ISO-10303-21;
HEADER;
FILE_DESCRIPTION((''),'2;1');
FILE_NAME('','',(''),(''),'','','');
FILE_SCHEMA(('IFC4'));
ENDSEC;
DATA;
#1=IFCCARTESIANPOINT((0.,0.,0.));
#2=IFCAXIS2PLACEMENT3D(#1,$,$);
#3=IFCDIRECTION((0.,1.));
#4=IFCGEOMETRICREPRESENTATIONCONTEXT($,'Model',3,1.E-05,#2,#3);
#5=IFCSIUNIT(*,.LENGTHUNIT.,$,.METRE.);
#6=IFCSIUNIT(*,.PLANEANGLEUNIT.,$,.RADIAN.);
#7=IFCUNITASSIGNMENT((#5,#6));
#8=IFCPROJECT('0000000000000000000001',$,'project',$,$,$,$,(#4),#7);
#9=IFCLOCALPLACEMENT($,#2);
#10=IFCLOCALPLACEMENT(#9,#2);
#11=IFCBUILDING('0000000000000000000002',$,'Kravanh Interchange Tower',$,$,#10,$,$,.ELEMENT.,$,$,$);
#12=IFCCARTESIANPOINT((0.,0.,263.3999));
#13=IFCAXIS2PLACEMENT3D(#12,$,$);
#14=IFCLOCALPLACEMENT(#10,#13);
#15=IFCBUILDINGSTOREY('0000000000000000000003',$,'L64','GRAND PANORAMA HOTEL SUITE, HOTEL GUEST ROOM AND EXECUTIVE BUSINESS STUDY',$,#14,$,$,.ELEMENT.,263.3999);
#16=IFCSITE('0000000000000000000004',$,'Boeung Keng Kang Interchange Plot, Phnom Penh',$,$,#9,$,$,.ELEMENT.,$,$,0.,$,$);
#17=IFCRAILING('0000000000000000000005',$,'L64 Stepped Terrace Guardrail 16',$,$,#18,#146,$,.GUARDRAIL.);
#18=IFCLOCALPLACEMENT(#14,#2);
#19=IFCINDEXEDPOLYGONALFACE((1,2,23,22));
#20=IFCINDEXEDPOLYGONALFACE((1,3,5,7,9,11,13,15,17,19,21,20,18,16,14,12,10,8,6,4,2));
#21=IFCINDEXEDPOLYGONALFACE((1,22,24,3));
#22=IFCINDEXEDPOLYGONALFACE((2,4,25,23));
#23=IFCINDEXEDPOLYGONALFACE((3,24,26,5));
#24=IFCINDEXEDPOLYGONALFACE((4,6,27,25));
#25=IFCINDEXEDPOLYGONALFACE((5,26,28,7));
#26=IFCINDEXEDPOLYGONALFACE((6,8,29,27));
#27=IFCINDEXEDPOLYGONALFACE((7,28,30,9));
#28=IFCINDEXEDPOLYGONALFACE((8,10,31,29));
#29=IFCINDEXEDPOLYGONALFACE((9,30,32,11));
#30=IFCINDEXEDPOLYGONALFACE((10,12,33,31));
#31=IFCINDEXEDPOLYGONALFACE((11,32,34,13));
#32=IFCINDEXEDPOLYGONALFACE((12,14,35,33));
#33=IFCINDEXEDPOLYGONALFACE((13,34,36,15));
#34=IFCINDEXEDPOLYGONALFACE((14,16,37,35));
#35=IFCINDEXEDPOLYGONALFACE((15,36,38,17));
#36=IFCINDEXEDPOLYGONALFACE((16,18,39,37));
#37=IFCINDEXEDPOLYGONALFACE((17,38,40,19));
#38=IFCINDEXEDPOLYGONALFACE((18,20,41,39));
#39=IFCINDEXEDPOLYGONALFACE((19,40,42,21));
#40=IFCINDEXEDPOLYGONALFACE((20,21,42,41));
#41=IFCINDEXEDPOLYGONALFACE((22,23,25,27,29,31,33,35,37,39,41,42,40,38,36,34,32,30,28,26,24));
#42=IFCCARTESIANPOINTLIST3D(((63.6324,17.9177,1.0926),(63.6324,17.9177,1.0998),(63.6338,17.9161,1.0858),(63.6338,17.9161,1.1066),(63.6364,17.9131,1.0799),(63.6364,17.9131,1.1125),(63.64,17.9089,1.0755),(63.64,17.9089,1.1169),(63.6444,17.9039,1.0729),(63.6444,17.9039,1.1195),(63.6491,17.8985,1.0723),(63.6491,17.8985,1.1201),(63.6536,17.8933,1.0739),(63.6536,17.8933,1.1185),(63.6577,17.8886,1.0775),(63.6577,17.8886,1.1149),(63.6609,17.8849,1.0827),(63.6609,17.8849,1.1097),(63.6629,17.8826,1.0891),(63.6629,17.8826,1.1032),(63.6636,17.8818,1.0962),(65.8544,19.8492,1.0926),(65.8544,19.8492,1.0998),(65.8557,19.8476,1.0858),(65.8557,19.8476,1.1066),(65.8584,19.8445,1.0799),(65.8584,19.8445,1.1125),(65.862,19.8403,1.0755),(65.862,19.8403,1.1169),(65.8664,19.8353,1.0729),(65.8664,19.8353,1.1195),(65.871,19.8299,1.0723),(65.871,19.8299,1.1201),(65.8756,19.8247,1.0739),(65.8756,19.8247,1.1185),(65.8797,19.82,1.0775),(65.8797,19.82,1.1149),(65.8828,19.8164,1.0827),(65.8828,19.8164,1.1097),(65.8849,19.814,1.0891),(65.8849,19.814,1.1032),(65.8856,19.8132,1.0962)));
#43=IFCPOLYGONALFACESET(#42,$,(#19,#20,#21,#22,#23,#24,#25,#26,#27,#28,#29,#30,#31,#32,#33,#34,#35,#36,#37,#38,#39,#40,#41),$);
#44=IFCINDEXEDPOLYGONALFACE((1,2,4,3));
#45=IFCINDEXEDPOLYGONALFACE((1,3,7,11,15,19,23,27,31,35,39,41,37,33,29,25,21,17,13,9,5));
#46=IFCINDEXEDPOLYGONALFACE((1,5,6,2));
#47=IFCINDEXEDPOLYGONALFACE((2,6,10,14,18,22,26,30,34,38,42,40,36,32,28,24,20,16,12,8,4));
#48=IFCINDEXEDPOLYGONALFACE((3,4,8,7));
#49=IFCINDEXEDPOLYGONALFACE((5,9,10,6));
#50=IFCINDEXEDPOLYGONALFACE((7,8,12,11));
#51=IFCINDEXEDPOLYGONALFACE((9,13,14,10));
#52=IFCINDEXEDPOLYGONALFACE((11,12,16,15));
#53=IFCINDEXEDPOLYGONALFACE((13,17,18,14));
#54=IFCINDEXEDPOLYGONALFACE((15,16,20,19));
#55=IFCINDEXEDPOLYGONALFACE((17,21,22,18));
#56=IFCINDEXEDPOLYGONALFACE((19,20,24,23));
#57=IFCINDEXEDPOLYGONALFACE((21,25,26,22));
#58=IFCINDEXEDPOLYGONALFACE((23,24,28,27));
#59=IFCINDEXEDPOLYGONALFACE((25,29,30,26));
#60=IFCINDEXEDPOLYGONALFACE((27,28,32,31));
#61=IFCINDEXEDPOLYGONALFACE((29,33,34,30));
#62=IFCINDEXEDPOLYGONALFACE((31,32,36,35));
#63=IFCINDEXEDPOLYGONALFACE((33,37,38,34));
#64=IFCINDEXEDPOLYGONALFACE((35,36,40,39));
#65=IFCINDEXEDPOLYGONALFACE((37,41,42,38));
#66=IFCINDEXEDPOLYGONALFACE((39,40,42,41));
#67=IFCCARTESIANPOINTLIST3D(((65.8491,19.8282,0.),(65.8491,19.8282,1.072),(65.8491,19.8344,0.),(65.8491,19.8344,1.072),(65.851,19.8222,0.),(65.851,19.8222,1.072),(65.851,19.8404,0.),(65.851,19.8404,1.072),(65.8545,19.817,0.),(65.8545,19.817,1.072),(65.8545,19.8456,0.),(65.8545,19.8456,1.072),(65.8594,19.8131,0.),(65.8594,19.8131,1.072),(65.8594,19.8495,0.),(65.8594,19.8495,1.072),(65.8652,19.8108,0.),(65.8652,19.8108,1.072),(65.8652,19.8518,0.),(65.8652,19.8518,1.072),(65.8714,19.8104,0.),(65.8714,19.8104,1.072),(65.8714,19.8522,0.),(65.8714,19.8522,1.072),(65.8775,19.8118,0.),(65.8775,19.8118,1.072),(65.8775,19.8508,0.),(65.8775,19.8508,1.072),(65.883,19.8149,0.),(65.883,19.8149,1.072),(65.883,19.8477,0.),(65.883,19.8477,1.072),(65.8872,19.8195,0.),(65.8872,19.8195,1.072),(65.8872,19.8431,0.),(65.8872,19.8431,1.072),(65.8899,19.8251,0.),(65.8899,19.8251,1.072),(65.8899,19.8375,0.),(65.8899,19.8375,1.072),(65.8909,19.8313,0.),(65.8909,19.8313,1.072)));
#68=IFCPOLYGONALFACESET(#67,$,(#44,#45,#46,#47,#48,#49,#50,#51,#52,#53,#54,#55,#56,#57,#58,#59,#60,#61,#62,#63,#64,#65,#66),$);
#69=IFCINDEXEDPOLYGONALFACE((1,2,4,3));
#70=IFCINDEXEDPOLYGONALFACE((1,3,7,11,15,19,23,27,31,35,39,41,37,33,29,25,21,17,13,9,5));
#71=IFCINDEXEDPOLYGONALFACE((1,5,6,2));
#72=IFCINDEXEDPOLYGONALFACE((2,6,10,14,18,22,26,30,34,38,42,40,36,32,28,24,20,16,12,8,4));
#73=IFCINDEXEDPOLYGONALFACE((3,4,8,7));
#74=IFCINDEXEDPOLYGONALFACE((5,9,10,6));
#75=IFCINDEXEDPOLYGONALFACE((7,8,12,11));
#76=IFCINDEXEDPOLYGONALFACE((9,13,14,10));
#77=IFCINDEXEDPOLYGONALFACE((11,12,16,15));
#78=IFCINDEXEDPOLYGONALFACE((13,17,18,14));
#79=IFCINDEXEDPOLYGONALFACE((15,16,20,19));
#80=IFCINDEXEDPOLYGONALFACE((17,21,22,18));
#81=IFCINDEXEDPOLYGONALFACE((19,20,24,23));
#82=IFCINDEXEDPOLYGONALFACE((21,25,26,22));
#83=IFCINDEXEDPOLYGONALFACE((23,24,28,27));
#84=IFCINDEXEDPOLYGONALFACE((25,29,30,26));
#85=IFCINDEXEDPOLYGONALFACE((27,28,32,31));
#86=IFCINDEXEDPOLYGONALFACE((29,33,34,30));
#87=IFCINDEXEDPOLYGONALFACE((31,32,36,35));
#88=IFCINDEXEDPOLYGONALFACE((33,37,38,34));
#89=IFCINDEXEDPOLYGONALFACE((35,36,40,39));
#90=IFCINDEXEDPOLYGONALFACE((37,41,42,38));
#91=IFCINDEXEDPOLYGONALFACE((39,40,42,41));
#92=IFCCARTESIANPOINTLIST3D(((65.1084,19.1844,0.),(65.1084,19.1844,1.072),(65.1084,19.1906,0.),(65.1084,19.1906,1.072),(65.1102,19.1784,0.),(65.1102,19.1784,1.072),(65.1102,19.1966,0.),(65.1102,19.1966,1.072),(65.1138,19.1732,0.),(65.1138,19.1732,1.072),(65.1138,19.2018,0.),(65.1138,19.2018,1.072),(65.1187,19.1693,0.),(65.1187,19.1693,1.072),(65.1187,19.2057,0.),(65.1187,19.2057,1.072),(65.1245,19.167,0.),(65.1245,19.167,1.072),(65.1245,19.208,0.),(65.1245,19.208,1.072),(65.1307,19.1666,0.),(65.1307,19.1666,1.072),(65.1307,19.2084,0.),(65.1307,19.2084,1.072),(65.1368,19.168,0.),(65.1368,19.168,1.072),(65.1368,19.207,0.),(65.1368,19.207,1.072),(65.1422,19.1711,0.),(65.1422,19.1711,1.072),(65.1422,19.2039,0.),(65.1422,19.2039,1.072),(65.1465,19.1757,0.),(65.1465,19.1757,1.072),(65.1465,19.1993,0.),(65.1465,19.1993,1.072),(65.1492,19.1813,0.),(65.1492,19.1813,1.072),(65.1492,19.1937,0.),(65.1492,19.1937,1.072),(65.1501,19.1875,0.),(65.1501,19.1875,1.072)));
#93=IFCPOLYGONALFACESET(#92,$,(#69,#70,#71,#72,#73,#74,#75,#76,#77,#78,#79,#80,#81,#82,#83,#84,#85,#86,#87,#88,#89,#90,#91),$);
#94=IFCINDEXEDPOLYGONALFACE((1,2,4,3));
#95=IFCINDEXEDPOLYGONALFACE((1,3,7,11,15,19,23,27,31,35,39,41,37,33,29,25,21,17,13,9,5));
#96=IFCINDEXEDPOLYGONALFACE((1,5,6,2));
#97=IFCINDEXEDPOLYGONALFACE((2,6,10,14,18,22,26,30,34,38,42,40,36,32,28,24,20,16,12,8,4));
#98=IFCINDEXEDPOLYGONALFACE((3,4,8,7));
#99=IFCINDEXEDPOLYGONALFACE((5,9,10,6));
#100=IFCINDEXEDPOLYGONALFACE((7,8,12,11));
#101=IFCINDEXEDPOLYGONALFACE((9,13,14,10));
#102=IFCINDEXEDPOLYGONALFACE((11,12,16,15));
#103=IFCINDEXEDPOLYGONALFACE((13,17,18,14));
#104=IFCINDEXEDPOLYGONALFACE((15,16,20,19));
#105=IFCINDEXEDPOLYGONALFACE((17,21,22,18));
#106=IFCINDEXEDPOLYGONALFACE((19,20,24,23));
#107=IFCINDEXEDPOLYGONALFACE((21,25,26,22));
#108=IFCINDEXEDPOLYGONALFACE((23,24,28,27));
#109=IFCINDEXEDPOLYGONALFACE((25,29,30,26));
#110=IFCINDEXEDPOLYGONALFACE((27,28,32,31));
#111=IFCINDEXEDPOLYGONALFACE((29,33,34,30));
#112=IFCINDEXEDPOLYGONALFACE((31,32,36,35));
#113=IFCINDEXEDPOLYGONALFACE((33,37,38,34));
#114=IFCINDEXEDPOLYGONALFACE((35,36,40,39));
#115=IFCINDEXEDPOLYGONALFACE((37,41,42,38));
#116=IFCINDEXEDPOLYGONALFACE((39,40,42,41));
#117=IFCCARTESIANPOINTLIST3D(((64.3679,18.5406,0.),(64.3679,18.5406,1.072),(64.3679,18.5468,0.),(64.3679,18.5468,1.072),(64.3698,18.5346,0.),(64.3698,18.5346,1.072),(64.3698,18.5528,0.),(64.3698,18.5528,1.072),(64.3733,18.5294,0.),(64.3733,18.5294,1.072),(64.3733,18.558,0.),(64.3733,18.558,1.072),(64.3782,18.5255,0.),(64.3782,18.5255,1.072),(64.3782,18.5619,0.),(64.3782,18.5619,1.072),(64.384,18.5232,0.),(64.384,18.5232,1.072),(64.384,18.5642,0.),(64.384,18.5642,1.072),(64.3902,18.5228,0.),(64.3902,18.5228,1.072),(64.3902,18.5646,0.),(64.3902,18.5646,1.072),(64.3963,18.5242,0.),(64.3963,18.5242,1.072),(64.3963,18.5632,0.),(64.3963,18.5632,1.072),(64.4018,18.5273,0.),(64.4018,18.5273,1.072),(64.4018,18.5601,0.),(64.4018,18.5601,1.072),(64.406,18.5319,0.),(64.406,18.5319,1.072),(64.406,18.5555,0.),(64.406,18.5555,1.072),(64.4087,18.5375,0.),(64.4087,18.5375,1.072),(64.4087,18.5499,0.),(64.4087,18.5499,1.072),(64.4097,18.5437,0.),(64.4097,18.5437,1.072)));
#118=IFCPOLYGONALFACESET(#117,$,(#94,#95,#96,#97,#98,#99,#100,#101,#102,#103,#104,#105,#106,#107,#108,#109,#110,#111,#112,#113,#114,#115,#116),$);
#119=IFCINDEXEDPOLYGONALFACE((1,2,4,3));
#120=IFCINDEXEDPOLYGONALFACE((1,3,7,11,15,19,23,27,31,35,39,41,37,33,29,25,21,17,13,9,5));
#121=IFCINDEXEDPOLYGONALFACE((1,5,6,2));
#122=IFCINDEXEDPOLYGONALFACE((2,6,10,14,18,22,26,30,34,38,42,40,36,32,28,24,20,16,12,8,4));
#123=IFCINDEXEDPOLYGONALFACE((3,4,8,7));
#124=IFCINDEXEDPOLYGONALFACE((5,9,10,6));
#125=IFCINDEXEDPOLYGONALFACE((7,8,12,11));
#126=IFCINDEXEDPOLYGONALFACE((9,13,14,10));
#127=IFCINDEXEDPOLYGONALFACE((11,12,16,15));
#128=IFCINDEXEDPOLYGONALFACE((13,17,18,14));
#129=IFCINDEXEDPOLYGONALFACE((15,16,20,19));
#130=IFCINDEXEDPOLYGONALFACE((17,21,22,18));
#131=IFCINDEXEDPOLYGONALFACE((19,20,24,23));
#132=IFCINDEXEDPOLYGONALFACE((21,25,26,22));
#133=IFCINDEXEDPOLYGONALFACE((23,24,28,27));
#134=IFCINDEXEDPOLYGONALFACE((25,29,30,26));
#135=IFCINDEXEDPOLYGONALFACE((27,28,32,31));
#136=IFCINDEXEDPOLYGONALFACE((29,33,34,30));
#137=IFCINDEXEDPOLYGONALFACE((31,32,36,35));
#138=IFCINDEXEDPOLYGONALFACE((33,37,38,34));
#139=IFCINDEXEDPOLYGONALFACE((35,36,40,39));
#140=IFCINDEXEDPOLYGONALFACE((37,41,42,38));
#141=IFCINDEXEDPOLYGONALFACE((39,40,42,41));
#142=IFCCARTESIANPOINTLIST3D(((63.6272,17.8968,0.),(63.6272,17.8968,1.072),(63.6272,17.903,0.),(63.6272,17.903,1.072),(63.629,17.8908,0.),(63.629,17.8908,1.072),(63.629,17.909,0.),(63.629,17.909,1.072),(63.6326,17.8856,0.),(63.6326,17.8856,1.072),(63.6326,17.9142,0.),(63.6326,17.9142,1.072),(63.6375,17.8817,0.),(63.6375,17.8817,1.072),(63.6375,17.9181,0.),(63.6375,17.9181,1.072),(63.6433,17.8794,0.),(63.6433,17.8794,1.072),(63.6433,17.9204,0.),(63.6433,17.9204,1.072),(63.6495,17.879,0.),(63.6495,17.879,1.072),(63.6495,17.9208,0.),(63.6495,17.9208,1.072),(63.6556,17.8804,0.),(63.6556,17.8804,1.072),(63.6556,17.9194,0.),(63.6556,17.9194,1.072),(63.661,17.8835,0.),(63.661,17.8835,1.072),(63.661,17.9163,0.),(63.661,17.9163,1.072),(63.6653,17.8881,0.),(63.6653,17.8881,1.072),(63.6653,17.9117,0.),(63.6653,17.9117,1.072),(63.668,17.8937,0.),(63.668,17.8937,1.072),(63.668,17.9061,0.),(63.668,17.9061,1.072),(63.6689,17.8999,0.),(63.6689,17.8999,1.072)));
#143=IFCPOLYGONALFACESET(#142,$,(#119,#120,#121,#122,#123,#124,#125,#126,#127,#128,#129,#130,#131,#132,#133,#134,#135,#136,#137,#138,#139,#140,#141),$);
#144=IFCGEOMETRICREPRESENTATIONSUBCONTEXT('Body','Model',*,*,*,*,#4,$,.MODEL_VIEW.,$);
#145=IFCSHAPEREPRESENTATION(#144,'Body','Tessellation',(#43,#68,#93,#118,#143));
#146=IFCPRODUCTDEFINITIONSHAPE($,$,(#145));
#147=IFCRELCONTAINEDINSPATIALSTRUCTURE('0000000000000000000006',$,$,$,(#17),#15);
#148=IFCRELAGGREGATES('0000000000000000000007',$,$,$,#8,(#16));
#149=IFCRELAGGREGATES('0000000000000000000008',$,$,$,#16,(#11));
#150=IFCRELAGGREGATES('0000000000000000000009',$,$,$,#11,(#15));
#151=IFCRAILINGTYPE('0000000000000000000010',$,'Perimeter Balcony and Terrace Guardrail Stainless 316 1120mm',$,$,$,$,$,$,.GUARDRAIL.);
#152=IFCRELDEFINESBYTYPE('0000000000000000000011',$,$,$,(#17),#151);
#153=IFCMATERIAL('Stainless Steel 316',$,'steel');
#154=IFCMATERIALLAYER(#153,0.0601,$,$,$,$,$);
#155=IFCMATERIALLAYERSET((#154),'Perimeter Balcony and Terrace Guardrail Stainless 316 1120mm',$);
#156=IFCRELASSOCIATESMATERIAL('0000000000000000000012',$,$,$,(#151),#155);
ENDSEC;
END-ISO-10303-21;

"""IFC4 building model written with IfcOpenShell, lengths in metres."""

from ifc_helpers import new_model, si_unit, direction, frame, origin, origin_2d, place, context, subcontext, project, spatial, circle, extrude, material, layer, layer_set, type_object, element, save


model = new_model("IFC4")

# Units and contexts
model_context = context("Model", 3, precision=1e-05, world=origin(), true_north=direction((0.0, 1.0)))
body_context = subcontext(model_context, "Body", "Model", "MODEL_VIEW")
ifc_project = project(units=[si_unit("LENGTHUNIT", "METRE"), si_unit("PLANEANGLEUNIT", "RADIAN")], contexts=[model_context])

# Site, building, storey
site_placement = place(None, origin())
site = spatial("IfcSite", under=ifc_project, at=site_placement, Name="Boeung Keng Kang Interchange Plot, Phnom Penh", CompositionType="ELEMENT", RefElevation=0.0)
building_placement = place(site_placement, origin())
building = spatial("IfcBuilding", under=site, at=building_placement, Name="Kravanh Interchange Tower", CompositionType="ELEMENT")
storey_placement = place(building_placement, frame((0.0, 0.0, 263.3999)))
storey = spatial("IfcBuildingStorey", under=building, at=storey_placement, Name="L64", Description="GRAND PANORAMA HOTEL SUITE, HOTEL GUEST ROOM AND EXECUTIVE BUSINESS STUDY", CompositionType="ELEMENT", Elevation=263.3999)

# Railing
ifc_material_1 = material(Name="Stainless Steel 316", Category="steel")
ifc_layer_1 = layer(ifc_material_1, 0.0601)
ifc_layer_set_1 = layer_set([ifc_layer_1], Name="Perimeter Balcony and Terrace Guardrail Stainless 316 1120mm")
railing_type = type_object("IfcRailingType", Name="Perimeter Balcony and Terrace Guardrail Stainless 316 1120mm", PredefinedType="GUARDRAIL", material=ifc_layer_set_1)
railing_1_placement = place(storey_placement, frame((65.8699, 19.8313, 0.0)))
element("IfcRailing", 1, at=railing_1_placement, inside=storey, type_object=railing_type, Name="L64 Stepped Terrace Guardrail 16", PredefinedType="GUARDRAIL", context=body_context, shape_type="SweptSolid", body=[
    extrude(circle(Radius=0.0239, at=origin_2d()), frame((0.0, 0.0, 1.0962), z_axis=(-0.754725, -0.656041, 0.0), x_axis=(0.656041, -0.754725, 0.0)), (0.0, 0.0, 1.0), 2.9441),
    extrude(circle(Radius=0.021, at=origin_2d()), origin(), (0.0, 0.0, 1.0), 1.072),
    extrude(circle(Radius=0.021, at=origin_2d()), frame((-0.7407, -0.6438, 0.0)), (0.0, 0.0, 1.0), 1.072),
    extrude(circle(Radius=0.021, at=origin_2d()), frame((-1.4812, -1.2876, 0.0)), (0.0, 0.0, 1.0), 1.072),
    extrude(circle(Radius=0.021, at=origin_2d()), frame((-2.2219, -1.9314, 0.0)), (0.0, 0.0, 1.0), 1.072),
])

save(model, "model.ifc")
